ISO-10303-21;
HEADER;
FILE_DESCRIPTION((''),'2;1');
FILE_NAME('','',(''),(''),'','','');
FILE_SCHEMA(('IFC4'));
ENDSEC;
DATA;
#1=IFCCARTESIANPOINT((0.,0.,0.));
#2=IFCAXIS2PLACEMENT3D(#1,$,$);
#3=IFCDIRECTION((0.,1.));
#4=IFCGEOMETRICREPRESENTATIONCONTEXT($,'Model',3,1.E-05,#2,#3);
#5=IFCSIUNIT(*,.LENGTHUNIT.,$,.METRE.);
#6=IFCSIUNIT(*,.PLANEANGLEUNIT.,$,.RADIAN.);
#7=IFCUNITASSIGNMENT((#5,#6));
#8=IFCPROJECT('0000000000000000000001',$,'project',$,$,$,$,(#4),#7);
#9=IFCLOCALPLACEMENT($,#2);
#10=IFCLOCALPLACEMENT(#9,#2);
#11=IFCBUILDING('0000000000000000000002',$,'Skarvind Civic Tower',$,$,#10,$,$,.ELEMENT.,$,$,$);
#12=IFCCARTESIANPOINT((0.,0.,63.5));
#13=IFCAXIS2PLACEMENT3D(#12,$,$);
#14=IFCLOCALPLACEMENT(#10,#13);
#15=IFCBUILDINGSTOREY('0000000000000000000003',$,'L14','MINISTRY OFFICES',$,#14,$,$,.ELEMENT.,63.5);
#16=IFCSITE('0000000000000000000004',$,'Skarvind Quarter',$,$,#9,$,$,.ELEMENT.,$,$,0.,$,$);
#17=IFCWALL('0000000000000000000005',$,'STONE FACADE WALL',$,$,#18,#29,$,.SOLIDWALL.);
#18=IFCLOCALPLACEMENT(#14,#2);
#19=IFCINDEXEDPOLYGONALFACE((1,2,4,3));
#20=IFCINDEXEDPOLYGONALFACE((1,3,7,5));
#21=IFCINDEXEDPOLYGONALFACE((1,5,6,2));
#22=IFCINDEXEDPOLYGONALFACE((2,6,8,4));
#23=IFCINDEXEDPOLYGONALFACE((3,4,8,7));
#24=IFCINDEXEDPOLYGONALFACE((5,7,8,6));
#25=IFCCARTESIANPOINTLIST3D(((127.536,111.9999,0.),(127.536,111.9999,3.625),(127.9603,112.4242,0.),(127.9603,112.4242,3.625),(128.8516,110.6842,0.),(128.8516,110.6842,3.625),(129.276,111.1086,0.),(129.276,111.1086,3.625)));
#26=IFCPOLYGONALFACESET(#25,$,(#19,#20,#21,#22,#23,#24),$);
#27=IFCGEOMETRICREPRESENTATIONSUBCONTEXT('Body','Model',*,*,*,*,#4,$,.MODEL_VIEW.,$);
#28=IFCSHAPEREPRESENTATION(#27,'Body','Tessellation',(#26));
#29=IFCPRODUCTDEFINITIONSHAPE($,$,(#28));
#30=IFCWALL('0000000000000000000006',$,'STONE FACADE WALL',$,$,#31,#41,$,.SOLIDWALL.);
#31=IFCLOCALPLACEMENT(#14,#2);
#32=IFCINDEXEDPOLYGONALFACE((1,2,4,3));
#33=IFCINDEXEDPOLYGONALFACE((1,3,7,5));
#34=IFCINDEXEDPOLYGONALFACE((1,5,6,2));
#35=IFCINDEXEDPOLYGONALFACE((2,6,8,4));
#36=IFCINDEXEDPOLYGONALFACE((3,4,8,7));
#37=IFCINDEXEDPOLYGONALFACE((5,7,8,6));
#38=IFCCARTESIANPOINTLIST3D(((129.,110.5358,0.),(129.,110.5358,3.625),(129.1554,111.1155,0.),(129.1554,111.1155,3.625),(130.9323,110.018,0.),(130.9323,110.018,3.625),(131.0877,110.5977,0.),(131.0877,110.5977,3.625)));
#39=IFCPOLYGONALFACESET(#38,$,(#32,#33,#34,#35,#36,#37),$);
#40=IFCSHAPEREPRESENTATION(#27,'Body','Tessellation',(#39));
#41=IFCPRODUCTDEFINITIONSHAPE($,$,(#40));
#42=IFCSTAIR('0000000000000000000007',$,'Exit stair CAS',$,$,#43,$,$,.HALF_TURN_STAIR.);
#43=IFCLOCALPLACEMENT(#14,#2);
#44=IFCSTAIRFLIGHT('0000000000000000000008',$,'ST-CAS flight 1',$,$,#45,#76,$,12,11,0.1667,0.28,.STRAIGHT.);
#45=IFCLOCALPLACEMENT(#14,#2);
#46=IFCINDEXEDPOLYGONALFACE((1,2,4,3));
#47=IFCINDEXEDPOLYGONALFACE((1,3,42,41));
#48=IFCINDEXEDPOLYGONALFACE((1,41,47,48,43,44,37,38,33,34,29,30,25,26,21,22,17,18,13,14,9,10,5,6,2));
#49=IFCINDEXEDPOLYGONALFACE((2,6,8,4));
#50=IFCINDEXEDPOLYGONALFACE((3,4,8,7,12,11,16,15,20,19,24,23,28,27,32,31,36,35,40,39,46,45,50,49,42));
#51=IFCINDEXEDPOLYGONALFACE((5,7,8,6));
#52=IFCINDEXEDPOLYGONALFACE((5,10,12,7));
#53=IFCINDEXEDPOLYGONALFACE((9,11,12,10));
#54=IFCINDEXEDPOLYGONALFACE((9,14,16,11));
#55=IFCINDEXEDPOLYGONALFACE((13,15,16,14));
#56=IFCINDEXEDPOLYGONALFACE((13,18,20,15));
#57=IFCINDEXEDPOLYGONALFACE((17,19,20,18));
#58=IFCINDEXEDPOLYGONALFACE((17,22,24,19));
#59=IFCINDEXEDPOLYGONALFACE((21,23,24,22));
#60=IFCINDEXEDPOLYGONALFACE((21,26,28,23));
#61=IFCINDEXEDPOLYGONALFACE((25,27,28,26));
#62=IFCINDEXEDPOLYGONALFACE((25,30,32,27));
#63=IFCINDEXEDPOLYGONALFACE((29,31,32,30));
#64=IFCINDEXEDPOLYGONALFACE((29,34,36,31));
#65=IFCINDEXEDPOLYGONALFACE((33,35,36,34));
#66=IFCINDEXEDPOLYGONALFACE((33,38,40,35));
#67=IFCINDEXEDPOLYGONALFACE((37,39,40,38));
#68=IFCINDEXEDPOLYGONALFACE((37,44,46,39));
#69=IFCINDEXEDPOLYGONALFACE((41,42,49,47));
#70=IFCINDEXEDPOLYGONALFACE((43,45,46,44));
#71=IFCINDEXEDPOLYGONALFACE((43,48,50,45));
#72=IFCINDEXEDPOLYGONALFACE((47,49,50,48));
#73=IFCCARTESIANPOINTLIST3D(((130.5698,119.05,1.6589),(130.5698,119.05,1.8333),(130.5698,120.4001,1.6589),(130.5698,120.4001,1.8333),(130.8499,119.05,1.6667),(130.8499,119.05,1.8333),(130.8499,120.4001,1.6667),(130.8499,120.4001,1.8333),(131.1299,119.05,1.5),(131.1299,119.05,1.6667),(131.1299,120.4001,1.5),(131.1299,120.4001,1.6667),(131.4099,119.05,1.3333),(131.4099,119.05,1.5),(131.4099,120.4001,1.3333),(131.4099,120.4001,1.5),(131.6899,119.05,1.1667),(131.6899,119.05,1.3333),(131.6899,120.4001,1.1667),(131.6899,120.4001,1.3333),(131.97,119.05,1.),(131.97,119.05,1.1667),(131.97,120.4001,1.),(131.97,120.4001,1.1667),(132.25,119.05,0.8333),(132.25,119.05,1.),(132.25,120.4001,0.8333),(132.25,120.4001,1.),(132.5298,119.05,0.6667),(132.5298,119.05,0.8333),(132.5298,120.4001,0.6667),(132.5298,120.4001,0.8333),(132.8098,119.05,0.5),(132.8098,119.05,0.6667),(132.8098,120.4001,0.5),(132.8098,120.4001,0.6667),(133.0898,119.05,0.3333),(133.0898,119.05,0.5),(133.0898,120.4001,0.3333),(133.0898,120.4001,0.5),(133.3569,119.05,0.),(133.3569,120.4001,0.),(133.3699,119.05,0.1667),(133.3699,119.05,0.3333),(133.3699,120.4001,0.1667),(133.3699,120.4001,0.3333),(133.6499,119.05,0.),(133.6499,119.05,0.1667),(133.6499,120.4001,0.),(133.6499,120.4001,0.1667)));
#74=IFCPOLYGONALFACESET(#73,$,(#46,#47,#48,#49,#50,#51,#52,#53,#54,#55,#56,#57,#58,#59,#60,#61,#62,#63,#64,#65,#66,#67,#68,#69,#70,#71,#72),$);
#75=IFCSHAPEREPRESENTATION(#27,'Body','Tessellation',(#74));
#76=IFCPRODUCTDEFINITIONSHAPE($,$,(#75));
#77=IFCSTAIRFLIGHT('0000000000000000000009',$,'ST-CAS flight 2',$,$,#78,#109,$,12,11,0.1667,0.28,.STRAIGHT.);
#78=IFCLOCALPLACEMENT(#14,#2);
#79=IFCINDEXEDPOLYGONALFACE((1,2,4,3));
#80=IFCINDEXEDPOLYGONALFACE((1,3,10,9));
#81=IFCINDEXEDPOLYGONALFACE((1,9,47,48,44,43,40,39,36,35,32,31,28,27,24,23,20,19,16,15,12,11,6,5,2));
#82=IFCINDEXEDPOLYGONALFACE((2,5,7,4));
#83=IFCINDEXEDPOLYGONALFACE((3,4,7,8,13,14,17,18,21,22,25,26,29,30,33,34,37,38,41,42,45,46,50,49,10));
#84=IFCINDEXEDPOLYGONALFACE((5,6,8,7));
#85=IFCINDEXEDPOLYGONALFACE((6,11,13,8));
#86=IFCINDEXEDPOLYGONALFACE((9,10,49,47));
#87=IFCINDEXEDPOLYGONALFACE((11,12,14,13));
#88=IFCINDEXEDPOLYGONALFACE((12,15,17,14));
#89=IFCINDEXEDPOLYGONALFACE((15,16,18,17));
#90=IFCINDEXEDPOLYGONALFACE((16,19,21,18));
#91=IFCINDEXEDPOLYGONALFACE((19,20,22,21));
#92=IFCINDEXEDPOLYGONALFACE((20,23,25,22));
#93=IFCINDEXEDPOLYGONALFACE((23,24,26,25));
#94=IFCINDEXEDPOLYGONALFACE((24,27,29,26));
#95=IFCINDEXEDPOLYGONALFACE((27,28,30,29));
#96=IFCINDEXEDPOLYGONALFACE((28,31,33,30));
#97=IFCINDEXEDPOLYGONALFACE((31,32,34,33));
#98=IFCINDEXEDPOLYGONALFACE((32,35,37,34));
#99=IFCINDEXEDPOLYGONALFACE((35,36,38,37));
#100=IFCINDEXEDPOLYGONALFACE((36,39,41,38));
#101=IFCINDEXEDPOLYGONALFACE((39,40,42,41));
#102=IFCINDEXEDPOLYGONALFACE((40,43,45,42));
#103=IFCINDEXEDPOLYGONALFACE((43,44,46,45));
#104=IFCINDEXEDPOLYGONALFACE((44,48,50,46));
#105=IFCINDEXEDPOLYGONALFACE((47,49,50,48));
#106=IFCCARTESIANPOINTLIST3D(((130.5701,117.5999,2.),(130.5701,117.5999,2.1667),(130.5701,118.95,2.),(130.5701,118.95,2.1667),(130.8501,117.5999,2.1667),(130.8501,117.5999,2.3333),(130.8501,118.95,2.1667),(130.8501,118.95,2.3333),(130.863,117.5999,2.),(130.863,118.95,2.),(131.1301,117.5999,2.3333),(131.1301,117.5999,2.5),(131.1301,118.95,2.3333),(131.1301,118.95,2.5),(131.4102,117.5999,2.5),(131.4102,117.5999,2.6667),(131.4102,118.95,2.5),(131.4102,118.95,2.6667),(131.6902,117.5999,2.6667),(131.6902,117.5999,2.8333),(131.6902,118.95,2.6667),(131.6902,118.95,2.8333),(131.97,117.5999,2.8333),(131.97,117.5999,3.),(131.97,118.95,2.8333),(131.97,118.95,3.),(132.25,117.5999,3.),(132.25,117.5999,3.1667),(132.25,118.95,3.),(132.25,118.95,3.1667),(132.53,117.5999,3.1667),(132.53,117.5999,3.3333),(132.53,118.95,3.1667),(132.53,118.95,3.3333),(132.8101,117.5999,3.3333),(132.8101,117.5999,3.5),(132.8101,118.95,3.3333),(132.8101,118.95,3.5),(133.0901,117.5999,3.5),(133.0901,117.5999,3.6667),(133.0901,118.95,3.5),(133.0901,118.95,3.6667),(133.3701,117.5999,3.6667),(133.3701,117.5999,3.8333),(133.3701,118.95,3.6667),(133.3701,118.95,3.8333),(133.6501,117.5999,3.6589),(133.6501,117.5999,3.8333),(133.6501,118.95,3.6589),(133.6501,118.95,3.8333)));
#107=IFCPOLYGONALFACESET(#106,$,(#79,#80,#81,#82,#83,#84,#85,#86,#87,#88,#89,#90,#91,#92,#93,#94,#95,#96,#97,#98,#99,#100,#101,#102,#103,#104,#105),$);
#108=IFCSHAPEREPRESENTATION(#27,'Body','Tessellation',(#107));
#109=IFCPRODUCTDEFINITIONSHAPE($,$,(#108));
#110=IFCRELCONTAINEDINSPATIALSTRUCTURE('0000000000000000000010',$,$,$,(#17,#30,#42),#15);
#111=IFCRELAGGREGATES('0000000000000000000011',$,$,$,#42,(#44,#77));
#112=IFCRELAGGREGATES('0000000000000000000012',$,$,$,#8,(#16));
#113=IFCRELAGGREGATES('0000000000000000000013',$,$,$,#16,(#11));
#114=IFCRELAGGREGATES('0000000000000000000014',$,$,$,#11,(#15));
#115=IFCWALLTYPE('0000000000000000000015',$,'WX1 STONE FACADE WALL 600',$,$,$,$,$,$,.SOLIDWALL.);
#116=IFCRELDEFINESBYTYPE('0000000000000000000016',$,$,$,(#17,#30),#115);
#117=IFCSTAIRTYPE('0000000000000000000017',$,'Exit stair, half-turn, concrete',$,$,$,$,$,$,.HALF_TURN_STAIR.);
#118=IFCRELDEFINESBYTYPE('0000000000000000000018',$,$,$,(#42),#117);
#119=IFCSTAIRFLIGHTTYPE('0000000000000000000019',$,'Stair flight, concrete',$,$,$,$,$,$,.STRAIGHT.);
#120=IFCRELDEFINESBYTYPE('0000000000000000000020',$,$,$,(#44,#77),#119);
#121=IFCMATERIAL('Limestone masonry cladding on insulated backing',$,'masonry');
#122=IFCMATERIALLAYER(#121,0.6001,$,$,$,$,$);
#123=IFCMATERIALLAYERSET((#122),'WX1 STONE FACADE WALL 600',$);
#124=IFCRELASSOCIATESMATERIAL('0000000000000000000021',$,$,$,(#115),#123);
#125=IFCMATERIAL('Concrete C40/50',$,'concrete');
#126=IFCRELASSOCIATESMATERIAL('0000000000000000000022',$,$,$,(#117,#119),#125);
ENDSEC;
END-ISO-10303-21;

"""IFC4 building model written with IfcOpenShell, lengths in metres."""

from ifc_helpers import new_model, si_unit, direction, frame, frame_2d, origin, place, context, subcontext, project, spatial, polyline, rectangle, outline, extrude, material, layer, layer_set, type_object, element, aggregate, save


model = new_model("IFC4")

# Units and contexts
model_context = context("Model", 3, precision=1e-05, world=origin(), true_north=direction((0.0, 1.0)))
body_context = subcontext(model_context, "Body", "Model", "MODEL_VIEW")
ifc_project = project(units=[si_unit("LENGTHUNIT", "METRE"), si_unit("PLANEANGLEUNIT", "RADIAN")], contexts=[model_context])

# Site, building, storey
site_placement = place(None, origin())
site = spatial("IfcSite", under=ifc_project, at=site_placement, Name="Skarvind Quarter", CompositionType="ELEMENT", RefElevation=0.0)
building_placement = place(site_placement, origin())
building = spatial("IfcBuilding", under=site, at=building_placement, Name="Skarvind Civic Tower", CompositionType="ELEMENT")
storey_placement = place(building_placement, frame((0.0, 0.0, 63.5)))
storey = spatial("IfcBuildingStorey", under=building, at=storey_placement, Name="L14", Description="MINISTRY OFFICES", CompositionType="ELEMENT", Elevation=63.5)

# Walls
ifc_material_1 = material(Name="Limestone masonry cladding on insulated backing", Category="masonry")
ifc_layer_1 = layer(ifc_material_1, 0.6001)
ifc_layer_set_1 = layer_set([ifc_layer_1], Name="WX1 STONE FACADE WALL 600")
wall_type_1 = type_object("IfcWallType", Name="WX1 STONE FACADE WALL 600", PredefinedType="SOLIDWALL", material=ifc_layer_set_1)
for number, where, z_axis, x_axis, name in (
    (1, (129.0637, 110.8965, 0.0), (0.0, 0.0, 1.0), (-0.707107, 0.707107, 0.0), "STONE FACADE WALL"),
):
    element("IfcWall", number, at=place(storey_placement, frame(where, z_axis=z_axis, x_axis=x_axis)), inside=storey, type_object=wall_type_1, Name=name, PredefinedType="SOLIDWALL", context=body_context, shape_type="SweptSolid", body=[
        extrude(rectangle(XDim=1.8606, YDim=0.6001, at=frame_2d((0.9302, 0.0))), origin(), (0.0, 0.0, 1.0), 3.625),
    ])
wall_1_placement = place(storey_placement, frame((131.01, 110.3079, 0.0), z_axis=(0.0, 0.0, 1.0), x_axis=(-0.96592, 0.25884, 0.0)))
element("IfcWall", 2, at=wall_1_placement, inside=storey, type_object=wall_type_1, Name="STONE FACADE WALL", PredefinedType="SOLIDWALL", context=body_context, shape_type="SweptSolid", body=[
    extrude(rectangle(XDim=2.0005, YDim=0.6001, at=frame_2d((1.0002, 0.0))), origin(), (0.0, 0.0, 1.0), 3.625),
])

# Stair, stair flights
ifc_material_2 = material(Name="Concrete C40/50", Category="concrete")
stair_type = type_object("IfcStairType", Name="Exit stair, half-turn, concrete", PredefinedType="HALF_TURN_STAIR", material=ifc_material_2)
stair_placement = place(storey_placement, origin())
stair = element("IfcStair", 3, at=stair_placement, inside=storey, type_object=stair_type, Name="Exit stair CAS", PredefinedType="HALF_TURN_STAIR")
stair_flight_type = type_object("IfcStairFlightType", Name="Stair flight, concrete", PredefinedType="STRAIGHT", material=ifc_material_2)
stair_flight_1_placement = place(storey_placement, frame((133.6499, 119.7251, 0.0), z_axis=(0.0, 0.0, 1.0), x_axis=(-1.0, 0.0, 0.0)))
stair_flight_1 = element("IfcStairFlight", 4, at=stair_flight_1_placement, type_object=stair_flight_type, Name="ST-CAS flight 1", NumberOfRisers=12, NumberOfTreads=11, PredefinedType="STRAIGHT", RiserHeight=0.1667, TreadLength=0.28, context=body_context, shape_type="SweptSolid", body=[
    extrude(outline(polyline([(0.0, 0.0), (0.0, 0.1667), (0.28, 0.1667), (0.28, 0.3333), (0.5601, 0.3333), (0.5601, 0.5), (0.8401, 0.5), (0.8401, 0.6667), (1.1201, 0.6667), (1.1201, 0.8333), (1.3999, 0.8333), (1.3999, 1.0), (1.6799, 1.0), (1.6799, 1.1667), (1.96, 1.1667), (1.96, 1.3333), (2.24, 1.3333), (2.24, 1.5), (2.52, 1.5), (2.52, 1.6667), (2.8, 1.6667), (2.8, 1.8333), (3.0801, 1.8333), (3.0801, 2.0), (3.0801, 1.6589), (0.293, 0.0), (0.0, 0.0)])), frame((0.0, 0.675, 0.0), z_axis=(0.0, -1.0, 0.0), x_axis=(1.0, 0.0, 0.0)), (0.0, 0.0, 1.0), 1.3501),
])
stair_flight_2_placement = place(storey_placement, frame((130.5701, 118.2749, 2.0), z_axis=(0.0, 0.0, 1.0), x_axis=(1.0, 0.0, 0.0)))
stair_flight_2 = element("IfcStairFlight", 5, at=stair_flight_2_placement, type_object=stair_flight_type, Name="ST-CAS flight 2", NumberOfRisers=12, NumberOfTreads=11, PredefinedType="STRAIGHT", RiserHeight=0.1667, TreadLength=0.28, context=body_context, shape_type="SweptSolid", body=[
    extrude(outline(polyline([(0.0, 0.0), (0.0, 0.1667), (0.28, 0.1667), (0.28, 0.3333), (0.5601, 0.3333), (0.5601, 0.5), (0.8401, 0.5), (0.8401, 0.6667), (1.1201, 0.6667), (1.1201, 0.8333), (1.3999, 0.8333), (1.3999, 1.0), (1.6799, 1.0), (1.6799, 1.1667), (1.96, 1.1667), (1.96, 1.3333), (2.24, 1.3333), (2.24, 1.5), (2.52, 1.5), (2.52, 1.6667), (2.8, 1.6667), (2.8, 1.8333), (3.0801, 1.8333), (3.0801, 2.0), (3.0801, 1.6589), (0.293, 0.0), (0.0, 0.0)])), frame((0.0, 0.675, 0.0), z_axis=(0.0, -1.0, 0.0), x_axis=(1.0, 0.0, 0.0)), (0.0, 0.0, 1.0), 1.3501),
])
aggregate(stair, [stair_flight_1, stair_flight_2])

save(model, "model.ifc")
